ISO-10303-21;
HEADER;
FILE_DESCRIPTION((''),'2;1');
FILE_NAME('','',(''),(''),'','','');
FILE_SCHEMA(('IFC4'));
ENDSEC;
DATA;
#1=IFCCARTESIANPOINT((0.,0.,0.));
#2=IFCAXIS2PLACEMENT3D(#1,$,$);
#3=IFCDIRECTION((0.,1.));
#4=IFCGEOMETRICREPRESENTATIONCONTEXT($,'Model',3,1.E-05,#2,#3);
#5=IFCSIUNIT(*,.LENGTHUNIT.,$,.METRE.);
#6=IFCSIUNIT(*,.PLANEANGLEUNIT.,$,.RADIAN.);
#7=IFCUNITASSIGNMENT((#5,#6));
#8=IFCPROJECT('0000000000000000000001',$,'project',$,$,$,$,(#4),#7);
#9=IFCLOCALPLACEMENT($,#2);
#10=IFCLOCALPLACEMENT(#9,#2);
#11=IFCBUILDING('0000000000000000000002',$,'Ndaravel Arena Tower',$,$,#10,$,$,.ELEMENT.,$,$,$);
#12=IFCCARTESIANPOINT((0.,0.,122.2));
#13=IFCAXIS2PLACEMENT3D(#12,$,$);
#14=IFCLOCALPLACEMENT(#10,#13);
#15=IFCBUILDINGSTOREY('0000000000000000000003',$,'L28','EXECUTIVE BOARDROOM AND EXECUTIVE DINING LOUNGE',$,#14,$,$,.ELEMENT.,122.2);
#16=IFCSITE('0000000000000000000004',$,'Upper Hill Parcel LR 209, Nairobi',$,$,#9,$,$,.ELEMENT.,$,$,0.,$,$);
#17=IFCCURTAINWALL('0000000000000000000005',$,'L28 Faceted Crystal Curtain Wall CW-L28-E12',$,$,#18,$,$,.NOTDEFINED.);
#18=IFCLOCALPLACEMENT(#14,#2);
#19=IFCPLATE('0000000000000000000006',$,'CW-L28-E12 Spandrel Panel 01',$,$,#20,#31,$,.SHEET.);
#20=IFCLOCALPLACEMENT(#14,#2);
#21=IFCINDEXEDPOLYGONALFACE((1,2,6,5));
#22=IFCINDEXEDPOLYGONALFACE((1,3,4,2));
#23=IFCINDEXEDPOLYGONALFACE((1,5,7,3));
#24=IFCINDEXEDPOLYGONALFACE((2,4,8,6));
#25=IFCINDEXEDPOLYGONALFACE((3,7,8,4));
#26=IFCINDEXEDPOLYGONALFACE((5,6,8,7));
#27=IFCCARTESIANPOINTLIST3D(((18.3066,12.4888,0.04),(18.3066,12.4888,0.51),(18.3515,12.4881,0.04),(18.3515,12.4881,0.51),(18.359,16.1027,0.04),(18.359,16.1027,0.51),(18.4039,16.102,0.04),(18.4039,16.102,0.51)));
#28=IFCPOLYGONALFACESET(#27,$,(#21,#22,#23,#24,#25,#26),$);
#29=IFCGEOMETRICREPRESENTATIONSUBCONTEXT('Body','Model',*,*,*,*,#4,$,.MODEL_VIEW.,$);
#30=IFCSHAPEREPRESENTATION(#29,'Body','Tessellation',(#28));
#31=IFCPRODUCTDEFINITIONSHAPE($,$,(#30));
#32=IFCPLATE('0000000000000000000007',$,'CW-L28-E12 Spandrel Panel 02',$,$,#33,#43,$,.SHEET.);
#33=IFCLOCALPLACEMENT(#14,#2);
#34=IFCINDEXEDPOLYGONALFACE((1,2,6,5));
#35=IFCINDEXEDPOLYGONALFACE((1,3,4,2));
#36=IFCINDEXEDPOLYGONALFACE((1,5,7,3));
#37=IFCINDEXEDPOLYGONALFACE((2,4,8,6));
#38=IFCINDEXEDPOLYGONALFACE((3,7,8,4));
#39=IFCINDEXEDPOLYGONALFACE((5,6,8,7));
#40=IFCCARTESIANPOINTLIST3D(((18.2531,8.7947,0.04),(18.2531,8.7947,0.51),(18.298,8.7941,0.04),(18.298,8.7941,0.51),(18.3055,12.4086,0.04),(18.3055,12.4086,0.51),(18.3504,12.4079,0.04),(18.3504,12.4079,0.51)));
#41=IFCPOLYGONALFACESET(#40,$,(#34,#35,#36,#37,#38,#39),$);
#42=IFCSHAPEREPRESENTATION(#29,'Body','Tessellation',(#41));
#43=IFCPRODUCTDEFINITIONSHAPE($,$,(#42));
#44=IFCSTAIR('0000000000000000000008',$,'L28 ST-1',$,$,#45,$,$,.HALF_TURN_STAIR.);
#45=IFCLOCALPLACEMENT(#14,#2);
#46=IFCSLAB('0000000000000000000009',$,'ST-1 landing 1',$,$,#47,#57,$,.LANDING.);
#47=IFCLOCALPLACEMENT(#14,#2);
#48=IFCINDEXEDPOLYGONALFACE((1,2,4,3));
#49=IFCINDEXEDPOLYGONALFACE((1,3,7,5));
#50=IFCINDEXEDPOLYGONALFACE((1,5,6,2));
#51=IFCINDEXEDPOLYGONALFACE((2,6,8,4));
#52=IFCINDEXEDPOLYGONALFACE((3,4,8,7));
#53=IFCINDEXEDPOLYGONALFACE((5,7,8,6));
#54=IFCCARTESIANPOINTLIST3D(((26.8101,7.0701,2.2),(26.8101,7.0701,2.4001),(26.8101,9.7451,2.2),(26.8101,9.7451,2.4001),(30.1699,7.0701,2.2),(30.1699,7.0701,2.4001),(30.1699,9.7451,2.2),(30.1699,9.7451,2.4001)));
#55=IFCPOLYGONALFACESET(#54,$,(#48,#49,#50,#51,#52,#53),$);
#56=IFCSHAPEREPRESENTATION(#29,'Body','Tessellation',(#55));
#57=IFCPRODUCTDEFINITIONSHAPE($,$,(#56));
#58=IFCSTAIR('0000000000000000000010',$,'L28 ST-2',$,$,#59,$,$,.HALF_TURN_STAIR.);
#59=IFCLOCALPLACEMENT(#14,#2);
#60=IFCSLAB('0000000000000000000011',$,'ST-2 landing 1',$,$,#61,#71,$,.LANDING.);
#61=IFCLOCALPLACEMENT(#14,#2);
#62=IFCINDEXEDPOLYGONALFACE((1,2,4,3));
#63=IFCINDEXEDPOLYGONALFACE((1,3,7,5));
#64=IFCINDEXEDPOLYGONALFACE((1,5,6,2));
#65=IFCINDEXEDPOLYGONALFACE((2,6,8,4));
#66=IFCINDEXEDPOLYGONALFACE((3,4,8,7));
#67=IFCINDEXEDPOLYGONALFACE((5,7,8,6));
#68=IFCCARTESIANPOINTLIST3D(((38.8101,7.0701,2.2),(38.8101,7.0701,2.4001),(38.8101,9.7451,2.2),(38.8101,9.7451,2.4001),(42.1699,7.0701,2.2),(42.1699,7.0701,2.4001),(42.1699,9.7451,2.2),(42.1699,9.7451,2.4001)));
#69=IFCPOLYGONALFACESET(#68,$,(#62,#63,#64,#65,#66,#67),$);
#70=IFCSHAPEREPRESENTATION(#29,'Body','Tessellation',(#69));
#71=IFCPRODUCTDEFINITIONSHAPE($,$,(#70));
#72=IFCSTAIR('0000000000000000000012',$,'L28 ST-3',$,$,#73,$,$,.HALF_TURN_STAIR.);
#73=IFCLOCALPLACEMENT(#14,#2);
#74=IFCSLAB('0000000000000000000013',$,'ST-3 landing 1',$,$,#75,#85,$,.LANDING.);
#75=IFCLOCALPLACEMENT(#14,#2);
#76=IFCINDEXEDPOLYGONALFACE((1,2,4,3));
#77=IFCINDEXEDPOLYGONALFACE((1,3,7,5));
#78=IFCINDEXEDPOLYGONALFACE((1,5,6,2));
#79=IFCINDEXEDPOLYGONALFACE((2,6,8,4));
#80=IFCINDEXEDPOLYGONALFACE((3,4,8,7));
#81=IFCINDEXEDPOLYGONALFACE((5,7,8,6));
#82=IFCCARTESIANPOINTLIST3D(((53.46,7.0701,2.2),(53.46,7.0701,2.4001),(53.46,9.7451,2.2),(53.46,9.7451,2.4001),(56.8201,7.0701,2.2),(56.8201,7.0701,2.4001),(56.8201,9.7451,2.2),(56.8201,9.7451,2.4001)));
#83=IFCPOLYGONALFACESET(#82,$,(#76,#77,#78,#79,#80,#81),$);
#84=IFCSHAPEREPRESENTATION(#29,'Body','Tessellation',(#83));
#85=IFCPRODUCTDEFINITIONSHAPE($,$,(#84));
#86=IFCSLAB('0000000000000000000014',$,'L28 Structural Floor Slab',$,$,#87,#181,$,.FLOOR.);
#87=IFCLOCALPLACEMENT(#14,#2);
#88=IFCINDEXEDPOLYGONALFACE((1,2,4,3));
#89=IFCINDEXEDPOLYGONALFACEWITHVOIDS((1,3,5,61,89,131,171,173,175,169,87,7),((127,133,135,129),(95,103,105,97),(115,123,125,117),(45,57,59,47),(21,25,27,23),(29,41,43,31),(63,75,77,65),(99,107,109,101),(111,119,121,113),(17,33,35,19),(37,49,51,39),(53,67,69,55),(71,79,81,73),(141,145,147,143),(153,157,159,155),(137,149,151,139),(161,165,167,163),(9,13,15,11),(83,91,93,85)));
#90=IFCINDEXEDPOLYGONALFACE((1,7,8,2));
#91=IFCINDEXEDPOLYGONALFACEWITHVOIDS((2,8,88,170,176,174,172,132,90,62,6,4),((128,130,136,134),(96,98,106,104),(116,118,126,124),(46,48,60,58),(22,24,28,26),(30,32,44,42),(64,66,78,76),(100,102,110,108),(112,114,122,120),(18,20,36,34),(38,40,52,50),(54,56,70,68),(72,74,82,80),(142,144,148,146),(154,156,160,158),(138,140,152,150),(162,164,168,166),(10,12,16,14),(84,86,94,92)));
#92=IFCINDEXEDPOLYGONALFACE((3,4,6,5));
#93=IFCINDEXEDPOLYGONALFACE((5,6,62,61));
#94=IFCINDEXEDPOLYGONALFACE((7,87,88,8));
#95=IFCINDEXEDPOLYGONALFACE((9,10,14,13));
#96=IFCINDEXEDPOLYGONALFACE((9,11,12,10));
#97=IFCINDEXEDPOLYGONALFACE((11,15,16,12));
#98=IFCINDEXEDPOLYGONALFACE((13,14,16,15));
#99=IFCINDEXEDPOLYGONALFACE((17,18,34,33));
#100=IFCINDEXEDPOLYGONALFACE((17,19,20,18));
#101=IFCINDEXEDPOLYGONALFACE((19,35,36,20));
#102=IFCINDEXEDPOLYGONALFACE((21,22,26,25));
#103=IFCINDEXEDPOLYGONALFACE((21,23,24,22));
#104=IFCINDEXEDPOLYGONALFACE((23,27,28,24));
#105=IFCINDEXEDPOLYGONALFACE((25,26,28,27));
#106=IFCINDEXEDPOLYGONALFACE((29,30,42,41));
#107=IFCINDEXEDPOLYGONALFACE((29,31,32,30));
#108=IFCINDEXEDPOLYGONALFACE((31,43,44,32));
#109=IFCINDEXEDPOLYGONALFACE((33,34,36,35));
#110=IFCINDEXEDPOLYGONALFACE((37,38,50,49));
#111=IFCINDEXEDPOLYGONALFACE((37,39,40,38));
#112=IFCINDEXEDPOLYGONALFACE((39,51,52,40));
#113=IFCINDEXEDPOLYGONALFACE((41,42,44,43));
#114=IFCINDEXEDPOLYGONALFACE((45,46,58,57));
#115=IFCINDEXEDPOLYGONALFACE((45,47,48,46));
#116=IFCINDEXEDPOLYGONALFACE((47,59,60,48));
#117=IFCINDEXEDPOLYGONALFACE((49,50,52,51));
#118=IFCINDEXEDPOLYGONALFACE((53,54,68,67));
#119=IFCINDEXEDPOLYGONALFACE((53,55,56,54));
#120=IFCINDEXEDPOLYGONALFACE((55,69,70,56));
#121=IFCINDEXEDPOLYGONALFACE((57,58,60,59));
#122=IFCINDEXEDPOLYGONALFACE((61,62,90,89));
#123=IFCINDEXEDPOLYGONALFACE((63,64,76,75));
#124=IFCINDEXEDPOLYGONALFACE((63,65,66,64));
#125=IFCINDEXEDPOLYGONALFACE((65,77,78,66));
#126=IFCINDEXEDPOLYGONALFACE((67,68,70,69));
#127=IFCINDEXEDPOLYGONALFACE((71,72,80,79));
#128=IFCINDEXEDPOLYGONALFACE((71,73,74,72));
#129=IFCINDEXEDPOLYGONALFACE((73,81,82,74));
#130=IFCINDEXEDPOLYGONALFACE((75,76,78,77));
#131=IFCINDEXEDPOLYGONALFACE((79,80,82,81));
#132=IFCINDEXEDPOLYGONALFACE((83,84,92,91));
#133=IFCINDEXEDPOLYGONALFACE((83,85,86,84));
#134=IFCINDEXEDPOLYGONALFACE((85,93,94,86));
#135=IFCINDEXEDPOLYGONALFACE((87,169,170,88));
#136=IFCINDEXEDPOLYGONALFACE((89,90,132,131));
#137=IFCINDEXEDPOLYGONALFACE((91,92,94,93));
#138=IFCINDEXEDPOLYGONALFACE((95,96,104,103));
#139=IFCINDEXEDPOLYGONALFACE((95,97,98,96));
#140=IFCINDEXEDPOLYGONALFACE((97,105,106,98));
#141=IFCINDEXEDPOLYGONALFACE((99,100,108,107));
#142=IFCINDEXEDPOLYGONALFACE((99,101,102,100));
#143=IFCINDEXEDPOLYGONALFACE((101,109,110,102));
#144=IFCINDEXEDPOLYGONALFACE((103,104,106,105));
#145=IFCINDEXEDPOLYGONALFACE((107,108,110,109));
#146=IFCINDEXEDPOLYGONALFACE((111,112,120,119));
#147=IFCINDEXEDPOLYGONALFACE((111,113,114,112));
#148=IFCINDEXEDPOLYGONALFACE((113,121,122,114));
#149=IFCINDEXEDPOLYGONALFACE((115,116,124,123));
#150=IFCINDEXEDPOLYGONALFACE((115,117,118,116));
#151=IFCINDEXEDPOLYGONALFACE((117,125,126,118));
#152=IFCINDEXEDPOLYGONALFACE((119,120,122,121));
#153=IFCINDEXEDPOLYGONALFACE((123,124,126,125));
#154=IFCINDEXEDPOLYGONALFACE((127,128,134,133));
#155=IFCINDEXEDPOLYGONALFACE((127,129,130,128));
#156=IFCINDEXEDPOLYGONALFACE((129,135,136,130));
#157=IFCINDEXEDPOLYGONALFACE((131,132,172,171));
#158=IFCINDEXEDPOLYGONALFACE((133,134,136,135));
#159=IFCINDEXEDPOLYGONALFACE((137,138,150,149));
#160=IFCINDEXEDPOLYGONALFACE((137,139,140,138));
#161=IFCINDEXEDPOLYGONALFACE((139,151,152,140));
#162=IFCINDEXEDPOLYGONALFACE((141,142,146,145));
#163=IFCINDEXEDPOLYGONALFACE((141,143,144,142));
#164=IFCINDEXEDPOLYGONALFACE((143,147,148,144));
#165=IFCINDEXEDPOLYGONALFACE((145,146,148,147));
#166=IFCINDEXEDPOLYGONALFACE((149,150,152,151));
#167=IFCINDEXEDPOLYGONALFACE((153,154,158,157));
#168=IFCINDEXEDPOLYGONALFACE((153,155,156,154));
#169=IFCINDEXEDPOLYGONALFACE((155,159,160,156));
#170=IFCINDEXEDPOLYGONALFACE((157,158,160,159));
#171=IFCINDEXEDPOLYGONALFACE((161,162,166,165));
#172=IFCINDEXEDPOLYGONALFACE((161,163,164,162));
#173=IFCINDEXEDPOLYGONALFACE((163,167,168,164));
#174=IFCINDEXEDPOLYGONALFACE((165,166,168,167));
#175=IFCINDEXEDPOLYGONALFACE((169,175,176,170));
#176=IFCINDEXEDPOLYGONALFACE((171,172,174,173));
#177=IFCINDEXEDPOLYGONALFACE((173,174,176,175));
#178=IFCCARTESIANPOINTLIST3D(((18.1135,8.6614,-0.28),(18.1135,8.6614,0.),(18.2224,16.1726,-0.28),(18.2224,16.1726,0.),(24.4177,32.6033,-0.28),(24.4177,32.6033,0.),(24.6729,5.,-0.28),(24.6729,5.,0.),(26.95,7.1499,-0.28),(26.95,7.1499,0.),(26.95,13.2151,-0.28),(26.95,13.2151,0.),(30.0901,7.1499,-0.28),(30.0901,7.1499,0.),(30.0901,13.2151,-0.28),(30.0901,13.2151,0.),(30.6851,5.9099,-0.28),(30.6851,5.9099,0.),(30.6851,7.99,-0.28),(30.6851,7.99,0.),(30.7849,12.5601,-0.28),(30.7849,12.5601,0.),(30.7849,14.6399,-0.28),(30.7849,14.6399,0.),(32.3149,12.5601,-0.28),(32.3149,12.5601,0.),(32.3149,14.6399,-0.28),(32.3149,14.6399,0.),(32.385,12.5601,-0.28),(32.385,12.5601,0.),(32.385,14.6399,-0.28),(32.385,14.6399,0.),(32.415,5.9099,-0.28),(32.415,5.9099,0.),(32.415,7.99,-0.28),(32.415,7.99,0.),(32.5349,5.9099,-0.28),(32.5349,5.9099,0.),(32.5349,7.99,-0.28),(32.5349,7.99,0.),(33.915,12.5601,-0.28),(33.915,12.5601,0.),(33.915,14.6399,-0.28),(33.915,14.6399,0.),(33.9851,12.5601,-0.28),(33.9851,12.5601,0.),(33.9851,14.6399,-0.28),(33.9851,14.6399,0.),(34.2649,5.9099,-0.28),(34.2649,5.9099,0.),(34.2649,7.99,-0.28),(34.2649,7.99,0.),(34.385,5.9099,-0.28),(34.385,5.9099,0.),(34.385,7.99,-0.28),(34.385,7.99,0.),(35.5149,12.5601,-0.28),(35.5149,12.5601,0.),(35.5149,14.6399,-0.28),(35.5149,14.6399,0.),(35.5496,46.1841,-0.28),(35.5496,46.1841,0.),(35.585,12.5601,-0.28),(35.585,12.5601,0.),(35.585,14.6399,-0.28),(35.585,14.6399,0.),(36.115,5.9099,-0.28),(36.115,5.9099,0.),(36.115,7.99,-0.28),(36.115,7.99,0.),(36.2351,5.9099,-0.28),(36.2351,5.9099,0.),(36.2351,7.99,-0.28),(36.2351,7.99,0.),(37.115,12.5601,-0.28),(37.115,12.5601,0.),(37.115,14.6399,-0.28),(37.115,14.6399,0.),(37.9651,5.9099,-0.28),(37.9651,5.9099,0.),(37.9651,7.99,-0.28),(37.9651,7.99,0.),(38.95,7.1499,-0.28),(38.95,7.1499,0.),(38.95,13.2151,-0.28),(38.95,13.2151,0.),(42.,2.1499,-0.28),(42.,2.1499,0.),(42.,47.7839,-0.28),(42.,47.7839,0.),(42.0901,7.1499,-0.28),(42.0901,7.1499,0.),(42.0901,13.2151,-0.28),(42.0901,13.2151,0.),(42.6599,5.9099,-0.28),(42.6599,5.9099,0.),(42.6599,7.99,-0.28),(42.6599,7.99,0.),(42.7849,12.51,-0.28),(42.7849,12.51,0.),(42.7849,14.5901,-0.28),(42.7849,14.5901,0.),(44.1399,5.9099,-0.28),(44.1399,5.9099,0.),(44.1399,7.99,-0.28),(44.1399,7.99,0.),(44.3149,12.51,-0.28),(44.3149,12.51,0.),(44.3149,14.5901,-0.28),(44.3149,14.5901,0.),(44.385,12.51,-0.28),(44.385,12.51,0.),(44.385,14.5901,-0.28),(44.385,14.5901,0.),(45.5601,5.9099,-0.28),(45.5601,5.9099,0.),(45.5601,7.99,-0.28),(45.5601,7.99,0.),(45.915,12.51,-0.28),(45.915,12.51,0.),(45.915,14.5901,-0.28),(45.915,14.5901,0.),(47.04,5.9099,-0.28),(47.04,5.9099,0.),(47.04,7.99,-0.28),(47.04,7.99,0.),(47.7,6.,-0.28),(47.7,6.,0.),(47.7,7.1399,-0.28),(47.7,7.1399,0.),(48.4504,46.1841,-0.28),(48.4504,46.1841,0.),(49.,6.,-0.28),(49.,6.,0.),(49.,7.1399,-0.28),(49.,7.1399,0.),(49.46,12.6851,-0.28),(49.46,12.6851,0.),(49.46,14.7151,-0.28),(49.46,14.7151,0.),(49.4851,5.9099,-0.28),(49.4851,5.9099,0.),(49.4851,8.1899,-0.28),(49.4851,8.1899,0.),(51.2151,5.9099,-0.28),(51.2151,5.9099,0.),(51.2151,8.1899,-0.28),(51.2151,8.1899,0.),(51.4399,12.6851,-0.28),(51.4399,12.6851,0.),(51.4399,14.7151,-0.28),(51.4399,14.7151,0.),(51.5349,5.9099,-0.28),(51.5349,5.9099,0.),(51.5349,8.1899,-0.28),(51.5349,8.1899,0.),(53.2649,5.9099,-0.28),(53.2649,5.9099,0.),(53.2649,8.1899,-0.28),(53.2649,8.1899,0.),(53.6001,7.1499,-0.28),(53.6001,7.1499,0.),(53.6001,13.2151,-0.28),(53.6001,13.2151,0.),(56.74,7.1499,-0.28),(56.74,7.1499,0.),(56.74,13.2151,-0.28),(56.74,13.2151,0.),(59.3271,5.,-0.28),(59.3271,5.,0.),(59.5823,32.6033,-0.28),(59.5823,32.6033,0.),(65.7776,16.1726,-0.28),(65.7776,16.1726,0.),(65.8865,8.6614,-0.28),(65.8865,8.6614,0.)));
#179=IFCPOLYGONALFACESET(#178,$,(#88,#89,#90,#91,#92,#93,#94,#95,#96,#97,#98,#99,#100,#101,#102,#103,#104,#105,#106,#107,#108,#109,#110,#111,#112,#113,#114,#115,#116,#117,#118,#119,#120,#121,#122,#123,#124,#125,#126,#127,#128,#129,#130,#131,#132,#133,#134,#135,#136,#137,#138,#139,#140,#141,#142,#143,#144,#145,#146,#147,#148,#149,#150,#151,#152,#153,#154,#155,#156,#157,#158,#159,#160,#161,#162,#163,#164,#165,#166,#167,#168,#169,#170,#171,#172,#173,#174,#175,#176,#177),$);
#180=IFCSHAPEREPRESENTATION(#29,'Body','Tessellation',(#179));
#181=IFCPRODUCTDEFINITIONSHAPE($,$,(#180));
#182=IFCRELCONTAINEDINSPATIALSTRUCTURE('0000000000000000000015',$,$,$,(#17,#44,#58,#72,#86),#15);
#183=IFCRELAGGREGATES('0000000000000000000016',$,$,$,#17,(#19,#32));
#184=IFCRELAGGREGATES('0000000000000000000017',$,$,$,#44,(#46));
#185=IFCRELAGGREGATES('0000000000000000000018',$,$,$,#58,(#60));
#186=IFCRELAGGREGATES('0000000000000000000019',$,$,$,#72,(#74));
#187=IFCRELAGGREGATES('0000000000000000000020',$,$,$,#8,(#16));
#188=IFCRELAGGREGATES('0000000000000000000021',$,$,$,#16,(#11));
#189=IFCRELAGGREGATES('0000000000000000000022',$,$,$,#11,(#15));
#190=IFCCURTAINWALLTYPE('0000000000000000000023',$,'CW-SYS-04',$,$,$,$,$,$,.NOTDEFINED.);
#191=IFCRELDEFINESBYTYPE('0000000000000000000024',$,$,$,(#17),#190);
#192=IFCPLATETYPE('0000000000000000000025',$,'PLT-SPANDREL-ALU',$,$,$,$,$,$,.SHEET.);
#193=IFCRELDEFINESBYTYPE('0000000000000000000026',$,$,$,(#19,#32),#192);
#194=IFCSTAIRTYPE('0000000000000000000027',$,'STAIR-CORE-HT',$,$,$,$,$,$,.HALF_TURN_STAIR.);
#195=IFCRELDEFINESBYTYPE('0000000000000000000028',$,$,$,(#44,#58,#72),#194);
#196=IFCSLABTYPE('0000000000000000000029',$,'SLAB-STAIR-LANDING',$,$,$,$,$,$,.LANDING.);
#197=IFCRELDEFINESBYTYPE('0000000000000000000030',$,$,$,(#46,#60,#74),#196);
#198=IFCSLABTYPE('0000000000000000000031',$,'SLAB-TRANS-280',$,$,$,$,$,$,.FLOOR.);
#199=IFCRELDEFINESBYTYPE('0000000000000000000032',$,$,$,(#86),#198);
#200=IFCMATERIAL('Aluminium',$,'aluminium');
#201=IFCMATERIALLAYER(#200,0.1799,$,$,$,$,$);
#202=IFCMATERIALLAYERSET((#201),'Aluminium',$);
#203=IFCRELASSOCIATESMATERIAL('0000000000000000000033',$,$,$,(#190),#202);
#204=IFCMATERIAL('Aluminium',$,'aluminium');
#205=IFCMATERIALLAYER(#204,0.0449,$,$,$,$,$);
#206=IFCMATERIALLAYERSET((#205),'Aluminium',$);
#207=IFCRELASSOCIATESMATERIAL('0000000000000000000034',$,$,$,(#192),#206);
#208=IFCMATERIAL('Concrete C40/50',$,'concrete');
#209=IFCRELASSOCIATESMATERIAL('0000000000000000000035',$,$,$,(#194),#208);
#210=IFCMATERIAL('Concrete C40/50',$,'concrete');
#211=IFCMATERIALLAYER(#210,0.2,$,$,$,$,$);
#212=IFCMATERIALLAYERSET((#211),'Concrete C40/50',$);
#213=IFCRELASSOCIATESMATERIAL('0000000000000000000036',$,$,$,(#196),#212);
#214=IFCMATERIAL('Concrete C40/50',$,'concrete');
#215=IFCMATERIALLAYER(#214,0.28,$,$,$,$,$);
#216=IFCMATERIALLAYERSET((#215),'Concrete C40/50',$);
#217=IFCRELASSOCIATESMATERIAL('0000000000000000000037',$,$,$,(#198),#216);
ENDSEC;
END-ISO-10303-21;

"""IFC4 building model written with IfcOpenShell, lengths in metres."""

from ifc_helpers import new_model, si_unit, direction, frame, origin, origin_2d, place, context, subcontext, project, spatial, polyline, rectangle, outline, extrude, material, layer, layer_set, type_object, element, aggregate, save


model = new_model("IFC4")

# Units and contexts
model_context = context("Model", 3, precision=1e-05, world=origin(), true_north=direction((0.0, 1.0)))
body_context = subcontext(model_context, "Body", "Model", "MODEL_VIEW")
ifc_project = project(units=[si_unit("LENGTHUNIT", "METRE"), si_unit("PLANEANGLEUNIT", "RADIAN")], contexts=[model_context])

# Site, building, storey
site_placement = place(None, origin())
site = spatial("IfcSite", under=ifc_project, at=site_placement, Name="Upper Hill Parcel LR 209, Nairobi", CompositionType="ELEMENT", RefElevation=0.0)
building_placement = place(site_placement, origin())
building = spatial("IfcBuilding", under=site, at=building_placement, Name="Ndaravel Arena Tower", CompositionType="ELEMENT")
storey_placement = place(building_placement, frame((0.0, 0.0, 122.2)))
storey = spatial("IfcBuildingStorey", under=building, at=storey_placement, Name="L28", Description="EXECUTIVE BOARDROOM AND EXECUTIVE DINING LOUNGE", CompositionType="ELEMENT", Elevation=122.2)

# Shared definitions
ifc_material_1 = material(Name="Aluminium", Category="aluminium")
ifc_layer_1 = layer(ifc_material_1, 0.1799)
ifc_layer_set_1 = layer_set([ifc_layer_1], Name="Aluminium")
curtain_wall_type = type_object("IfcCurtainWallType", Name="CW-SYS-04", PredefinedType="NOTDEFINED", material=ifc_layer_set_1)

# Curtain wall
curtain_wall_1_placement = place(storey_placement, origin())
curtain_wall_1 = element("IfcCurtainWall", 1, at=curtain_wall_1_placement, inside=storey, type_object=curtain_wall_type, Name="L28 Faceted Crystal Curtain Wall CW-L28-E12", PredefinedType="NOTDEFINED")

# Plates
ifc_material_2 = material(Name="Aluminium", Category="aluminium")
ifc_layer_2 = layer(ifc_material_2, 0.0449)
ifc_layer_set_2 = layer_set([ifc_layer_2], Name="Aluminium")
plate_type_1 = type_object("IfcPlateType", Name="PLT-SPANDREL-ALU", PredefinedType="SHEET", material=ifc_layer_set_2)
plate_1_placement = place(storey_placement, frame((18.3552, 14.2954, 0.04), z_axis=(0.0, 0.0, 1.0), x_axis=(-0.014503, -0.999895, 0.0)))
plate_1 = element("IfcPlate", 2, at=plate_1_placement, type_object=plate_type_1, Name="CW-L28-E12 Spandrel Panel 01", PredefinedType="SHEET", context=body_context, shape_type="SweptSolid", body=[
    extrude(rectangle(XDim=3.6143, YDim=0.0449, at=origin_2d()), origin(), (0.0, 0.0, 1.0), 0.47),
])
plate_2_placement = place(storey_placement, frame((18.3018, 10.6013, 0.04), z_axis=(0.0, 0.0, 1.0), x_axis=(-0.014503, -0.999895, 0.0)))
plate_2 = element("IfcPlate", 3, at=plate_2_placement, type_object=plate_type_1, Name="CW-L28-E12 Spandrel Panel 02", PredefinedType="SHEET", context=body_context, shape_type="SweptSolid", body=[
    extrude(rectangle(XDim=3.6143, YDim=0.0449, at=origin_2d()), origin(), (0.0, 0.0, 1.0), 0.47),
])
aggregate(curtain_wall_1, [plate_1, plate_2])

# Stairs, slabs
ifc_material_3 = material(Name="Concrete C40/50", Category="concrete")
stair_type = type_object("IfcStairType", Name="STAIR-CORE-HT", PredefinedType="HALF_TURN_STAIR", material=ifc_material_3)
stair_1_placement = place(storey_placement, origin())
stair_1 = element("IfcStair", 4, at=stair_1_placement, inside=storey, type_object=stair_type, Name="L28 ST-1", PredefinedType="HALF_TURN_STAIR")
ifc_material_4 = material(Name="Concrete C40/50", Category="concrete")
ifc_layer_3 = layer(ifc_material_4, 0.2)
ifc_layer_set_3 = layer_set([ifc_layer_3], Name="Concrete C40/50")
slab_type_1 = type_object("IfcSlabType", Name="SLAB-STAIR-LANDING", PredefinedType="LANDING", material=ifc_layer_set_3)
slab_1_placement = place(storey_placement, frame((0.0, 0.0, 2.2)))
slab_1 = element("IfcSlab", 5, at=slab_1_placement, type_object=slab_type_1, Name="ST-1 landing 1", PredefinedType="LANDING", context=body_context, shape_type="SweptSolid", body=[
    extrude(outline(polyline([(26.8101, 9.7451), (26.8101, 7.0701), (30.1699, 7.0701), (30.1699, 9.7451), (26.8101, 9.7451)])), origin(), (0.0, 0.0, 1.0), 0.2002),
])
aggregate(stair_1, [slab_1])
stair_2_placement = place(storey_placement, origin())
stair_2 = element("IfcStair", 6, at=stair_2_placement, inside=storey, type_object=stair_type, Name="L28 ST-2", PredefinedType="HALF_TURN_STAIR")
slab_2_placement = place(storey_placement, frame((0.0, 0.0, 2.2)))
slab_2 = element("IfcSlab", 7, at=slab_2_placement, type_object=slab_type_1, Name="ST-2 landing 1", PredefinedType="LANDING", context=body_context, shape_type="SweptSolid", body=[
    extrude(outline(polyline([(38.8101, 9.7451), (38.8101, 7.0701), (42.1699, 7.0701), (42.1699, 9.7451), (38.8101, 9.7451)])), origin(), (0.0, 0.0, 1.0), 0.2002),
])
aggregate(stair_2, [slab_2])
stair_3_placement = place(storey_placement, origin())
stair_3 = element("IfcStair", 8, at=stair_3_placement, inside=storey, type_object=stair_type, Name="L28 ST-3", PredefinedType="HALF_TURN_STAIR")
slab_3_placement = place(storey_placement, frame((0.0, 0.0, 2.2)))
slab_3 = element("IfcSlab", 9, at=slab_3_placement, type_object=slab_type_1, Name="ST-3 landing 1", PredefinedType="LANDING", context=body_context, shape_type="SweptSolid", body=[
    extrude(outline(polyline([(53.46, 9.7451), (53.46, 7.0701), (56.8201, 7.0701), (56.8201, 9.7451), (53.46, 9.7451)])), origin(), (0.0, 0.0, 1.0), 0.2002),
])
aggregate(stair_3, [slab_3])

# Slab
ifc_material_5 = material(Name="Concrete C40/50", Category="concrete")
ifc_layer_4 = layer(ifc_material_5, 0.28)
ifc_layer_set_4 = layer_set([ifc_layer_4], Name="Concrete C40/50")
slab_type_2 = type_object("IfcSlabType", Name="SLAB-TRANS-280", PredefinedType="FLOOR", material=ifc_layer_set_4)
slab_4_placement = place(storey_placement, frame((0.0, 0.0, -0.28)))
element("IfcSlab", 10, at=slab_4_placement, inside=storey, type_object=slab_type_2, Name="L28 Structural Floor Slab", PredefinedType="FLOOR", context=body_context, shape_type="SweptSolid", body=[
    extrude(outline(polyline([(18.2224, 16.1726), (18.1135, 8.6614), (24.6729, 5.0), (42.0, 2.1499), (59.3271, 5.0), (65.8865, 8.6614), (65.7776, 16.1726), (59.5823, 32.6033), (48.4504, 46.1841), (42.0, 47.7839), (35.5496, 46.1841), (24.4177, 32.6033), (18.2224, 16.1726)]), holes=[polyline([(26.95, 13.2151), (26.95, 7.1499), (30.0901, 7.1499), (30.0901, 13.2151), (26.95, 13.2151)]), polyline([(38.95, 13.2151), (38.95, 7.1499), (42.0901, 7.1499), (42.0901, 13.2151), (38.95, 13.2151)]), polyline([(53.6001, 13.2151), (53.6001, 7.1499), (56.74, 7.1499), (56.74, 13.2151), (53.6001, 13.2151)]), polyline([(30.6851, 5.9099), (32.415, 5.9099), (32.415, 7.99), (30.6851, 7.99), (30.6851, 5.9099)]), polyline([(32.5349, 5.9099), (34.2649, 5.9099), (34.2649, 7.99), (32.5349, 7.99), (32.5349, 5.9099)]), polyline([(34.385, 5.9099), (36.115, 5.9099), (36.115, 7.99), (34.385, 7.99), (34.385, 5.9099)]), polyline([(36.2351, 5.9099), (37.9651, 5.9099), (37.9651, 7.99), (36.2351, 7.99), (36.2351, 5.9099)]), polyline([(30.7849, 12.5601), (32.3149, 12.5601), (32.3149, 14.6399), (30.7849, 14.6399), (30.7849, 12.5601)]), polyline([(32.385, 12.5601), (33.915, 12.5601), (33.915, 14.6399), (32.385, 14.6399), (32.385, 12.5601)]), polyline([(33.9851, 12.5601), (35.5149, 12.5601), (35.5149, 14.6399), (33.9851, 14.6399), (33.9851, 12.5601)]), polyline([(35.585, 12.5601), (37.115, 12.5601), (37.115, 14.6399), (35.585, 14.6399), (35.585, 12.5601)]), polyline([(42.6599, 5.9099), (44.1399, 5.9099), (44.1399, 7.99), (42.6599, 7.99), (42.6599, 5.9099)]), polyline([(45.5601, 5.9099), (47.04, 5.9099), (47.04, 7.99), (45.5601, 7.99), (45.5601, 5.9099)]), polyline([(42.7849, 12.51), (44.3149, 12.51), (44.3149, 14.5901), (42.7849, 14.5901), (42.7849, 12.51)]), polyline([(44.385, 12.51), (45.915, 12.51), (45.915, 14.5901), (44.385, 14.5901), (44.385, 12.51)]), polyline([(49.4851, 5.9099), (51.2151, 5.9099), (51.2151, 8.1899), (49.4851, 8.1899), (49.4851, 5.9099)]), polyline([(51.5349, 5.9099), (53.2649, 5.9099), (53.2649, 8.1899), (51.5349, 8.1899), (51.5349, 5.9099)]), polyline([(49.46, 12.6851), (51.4399, 12.6851), (51.4399, 14.7151), (49.46, 14.7151), (49.46, 12.6851)]), polyline([(47.7, 6.0), (49.0, 6.0), (49.0, 7.1399), (47.7, 7.1399), (47.7, 6.0)])]), origin(), (0.0, 0.0, 1.0), 0.28),
])

save(model, "model.ifc")
